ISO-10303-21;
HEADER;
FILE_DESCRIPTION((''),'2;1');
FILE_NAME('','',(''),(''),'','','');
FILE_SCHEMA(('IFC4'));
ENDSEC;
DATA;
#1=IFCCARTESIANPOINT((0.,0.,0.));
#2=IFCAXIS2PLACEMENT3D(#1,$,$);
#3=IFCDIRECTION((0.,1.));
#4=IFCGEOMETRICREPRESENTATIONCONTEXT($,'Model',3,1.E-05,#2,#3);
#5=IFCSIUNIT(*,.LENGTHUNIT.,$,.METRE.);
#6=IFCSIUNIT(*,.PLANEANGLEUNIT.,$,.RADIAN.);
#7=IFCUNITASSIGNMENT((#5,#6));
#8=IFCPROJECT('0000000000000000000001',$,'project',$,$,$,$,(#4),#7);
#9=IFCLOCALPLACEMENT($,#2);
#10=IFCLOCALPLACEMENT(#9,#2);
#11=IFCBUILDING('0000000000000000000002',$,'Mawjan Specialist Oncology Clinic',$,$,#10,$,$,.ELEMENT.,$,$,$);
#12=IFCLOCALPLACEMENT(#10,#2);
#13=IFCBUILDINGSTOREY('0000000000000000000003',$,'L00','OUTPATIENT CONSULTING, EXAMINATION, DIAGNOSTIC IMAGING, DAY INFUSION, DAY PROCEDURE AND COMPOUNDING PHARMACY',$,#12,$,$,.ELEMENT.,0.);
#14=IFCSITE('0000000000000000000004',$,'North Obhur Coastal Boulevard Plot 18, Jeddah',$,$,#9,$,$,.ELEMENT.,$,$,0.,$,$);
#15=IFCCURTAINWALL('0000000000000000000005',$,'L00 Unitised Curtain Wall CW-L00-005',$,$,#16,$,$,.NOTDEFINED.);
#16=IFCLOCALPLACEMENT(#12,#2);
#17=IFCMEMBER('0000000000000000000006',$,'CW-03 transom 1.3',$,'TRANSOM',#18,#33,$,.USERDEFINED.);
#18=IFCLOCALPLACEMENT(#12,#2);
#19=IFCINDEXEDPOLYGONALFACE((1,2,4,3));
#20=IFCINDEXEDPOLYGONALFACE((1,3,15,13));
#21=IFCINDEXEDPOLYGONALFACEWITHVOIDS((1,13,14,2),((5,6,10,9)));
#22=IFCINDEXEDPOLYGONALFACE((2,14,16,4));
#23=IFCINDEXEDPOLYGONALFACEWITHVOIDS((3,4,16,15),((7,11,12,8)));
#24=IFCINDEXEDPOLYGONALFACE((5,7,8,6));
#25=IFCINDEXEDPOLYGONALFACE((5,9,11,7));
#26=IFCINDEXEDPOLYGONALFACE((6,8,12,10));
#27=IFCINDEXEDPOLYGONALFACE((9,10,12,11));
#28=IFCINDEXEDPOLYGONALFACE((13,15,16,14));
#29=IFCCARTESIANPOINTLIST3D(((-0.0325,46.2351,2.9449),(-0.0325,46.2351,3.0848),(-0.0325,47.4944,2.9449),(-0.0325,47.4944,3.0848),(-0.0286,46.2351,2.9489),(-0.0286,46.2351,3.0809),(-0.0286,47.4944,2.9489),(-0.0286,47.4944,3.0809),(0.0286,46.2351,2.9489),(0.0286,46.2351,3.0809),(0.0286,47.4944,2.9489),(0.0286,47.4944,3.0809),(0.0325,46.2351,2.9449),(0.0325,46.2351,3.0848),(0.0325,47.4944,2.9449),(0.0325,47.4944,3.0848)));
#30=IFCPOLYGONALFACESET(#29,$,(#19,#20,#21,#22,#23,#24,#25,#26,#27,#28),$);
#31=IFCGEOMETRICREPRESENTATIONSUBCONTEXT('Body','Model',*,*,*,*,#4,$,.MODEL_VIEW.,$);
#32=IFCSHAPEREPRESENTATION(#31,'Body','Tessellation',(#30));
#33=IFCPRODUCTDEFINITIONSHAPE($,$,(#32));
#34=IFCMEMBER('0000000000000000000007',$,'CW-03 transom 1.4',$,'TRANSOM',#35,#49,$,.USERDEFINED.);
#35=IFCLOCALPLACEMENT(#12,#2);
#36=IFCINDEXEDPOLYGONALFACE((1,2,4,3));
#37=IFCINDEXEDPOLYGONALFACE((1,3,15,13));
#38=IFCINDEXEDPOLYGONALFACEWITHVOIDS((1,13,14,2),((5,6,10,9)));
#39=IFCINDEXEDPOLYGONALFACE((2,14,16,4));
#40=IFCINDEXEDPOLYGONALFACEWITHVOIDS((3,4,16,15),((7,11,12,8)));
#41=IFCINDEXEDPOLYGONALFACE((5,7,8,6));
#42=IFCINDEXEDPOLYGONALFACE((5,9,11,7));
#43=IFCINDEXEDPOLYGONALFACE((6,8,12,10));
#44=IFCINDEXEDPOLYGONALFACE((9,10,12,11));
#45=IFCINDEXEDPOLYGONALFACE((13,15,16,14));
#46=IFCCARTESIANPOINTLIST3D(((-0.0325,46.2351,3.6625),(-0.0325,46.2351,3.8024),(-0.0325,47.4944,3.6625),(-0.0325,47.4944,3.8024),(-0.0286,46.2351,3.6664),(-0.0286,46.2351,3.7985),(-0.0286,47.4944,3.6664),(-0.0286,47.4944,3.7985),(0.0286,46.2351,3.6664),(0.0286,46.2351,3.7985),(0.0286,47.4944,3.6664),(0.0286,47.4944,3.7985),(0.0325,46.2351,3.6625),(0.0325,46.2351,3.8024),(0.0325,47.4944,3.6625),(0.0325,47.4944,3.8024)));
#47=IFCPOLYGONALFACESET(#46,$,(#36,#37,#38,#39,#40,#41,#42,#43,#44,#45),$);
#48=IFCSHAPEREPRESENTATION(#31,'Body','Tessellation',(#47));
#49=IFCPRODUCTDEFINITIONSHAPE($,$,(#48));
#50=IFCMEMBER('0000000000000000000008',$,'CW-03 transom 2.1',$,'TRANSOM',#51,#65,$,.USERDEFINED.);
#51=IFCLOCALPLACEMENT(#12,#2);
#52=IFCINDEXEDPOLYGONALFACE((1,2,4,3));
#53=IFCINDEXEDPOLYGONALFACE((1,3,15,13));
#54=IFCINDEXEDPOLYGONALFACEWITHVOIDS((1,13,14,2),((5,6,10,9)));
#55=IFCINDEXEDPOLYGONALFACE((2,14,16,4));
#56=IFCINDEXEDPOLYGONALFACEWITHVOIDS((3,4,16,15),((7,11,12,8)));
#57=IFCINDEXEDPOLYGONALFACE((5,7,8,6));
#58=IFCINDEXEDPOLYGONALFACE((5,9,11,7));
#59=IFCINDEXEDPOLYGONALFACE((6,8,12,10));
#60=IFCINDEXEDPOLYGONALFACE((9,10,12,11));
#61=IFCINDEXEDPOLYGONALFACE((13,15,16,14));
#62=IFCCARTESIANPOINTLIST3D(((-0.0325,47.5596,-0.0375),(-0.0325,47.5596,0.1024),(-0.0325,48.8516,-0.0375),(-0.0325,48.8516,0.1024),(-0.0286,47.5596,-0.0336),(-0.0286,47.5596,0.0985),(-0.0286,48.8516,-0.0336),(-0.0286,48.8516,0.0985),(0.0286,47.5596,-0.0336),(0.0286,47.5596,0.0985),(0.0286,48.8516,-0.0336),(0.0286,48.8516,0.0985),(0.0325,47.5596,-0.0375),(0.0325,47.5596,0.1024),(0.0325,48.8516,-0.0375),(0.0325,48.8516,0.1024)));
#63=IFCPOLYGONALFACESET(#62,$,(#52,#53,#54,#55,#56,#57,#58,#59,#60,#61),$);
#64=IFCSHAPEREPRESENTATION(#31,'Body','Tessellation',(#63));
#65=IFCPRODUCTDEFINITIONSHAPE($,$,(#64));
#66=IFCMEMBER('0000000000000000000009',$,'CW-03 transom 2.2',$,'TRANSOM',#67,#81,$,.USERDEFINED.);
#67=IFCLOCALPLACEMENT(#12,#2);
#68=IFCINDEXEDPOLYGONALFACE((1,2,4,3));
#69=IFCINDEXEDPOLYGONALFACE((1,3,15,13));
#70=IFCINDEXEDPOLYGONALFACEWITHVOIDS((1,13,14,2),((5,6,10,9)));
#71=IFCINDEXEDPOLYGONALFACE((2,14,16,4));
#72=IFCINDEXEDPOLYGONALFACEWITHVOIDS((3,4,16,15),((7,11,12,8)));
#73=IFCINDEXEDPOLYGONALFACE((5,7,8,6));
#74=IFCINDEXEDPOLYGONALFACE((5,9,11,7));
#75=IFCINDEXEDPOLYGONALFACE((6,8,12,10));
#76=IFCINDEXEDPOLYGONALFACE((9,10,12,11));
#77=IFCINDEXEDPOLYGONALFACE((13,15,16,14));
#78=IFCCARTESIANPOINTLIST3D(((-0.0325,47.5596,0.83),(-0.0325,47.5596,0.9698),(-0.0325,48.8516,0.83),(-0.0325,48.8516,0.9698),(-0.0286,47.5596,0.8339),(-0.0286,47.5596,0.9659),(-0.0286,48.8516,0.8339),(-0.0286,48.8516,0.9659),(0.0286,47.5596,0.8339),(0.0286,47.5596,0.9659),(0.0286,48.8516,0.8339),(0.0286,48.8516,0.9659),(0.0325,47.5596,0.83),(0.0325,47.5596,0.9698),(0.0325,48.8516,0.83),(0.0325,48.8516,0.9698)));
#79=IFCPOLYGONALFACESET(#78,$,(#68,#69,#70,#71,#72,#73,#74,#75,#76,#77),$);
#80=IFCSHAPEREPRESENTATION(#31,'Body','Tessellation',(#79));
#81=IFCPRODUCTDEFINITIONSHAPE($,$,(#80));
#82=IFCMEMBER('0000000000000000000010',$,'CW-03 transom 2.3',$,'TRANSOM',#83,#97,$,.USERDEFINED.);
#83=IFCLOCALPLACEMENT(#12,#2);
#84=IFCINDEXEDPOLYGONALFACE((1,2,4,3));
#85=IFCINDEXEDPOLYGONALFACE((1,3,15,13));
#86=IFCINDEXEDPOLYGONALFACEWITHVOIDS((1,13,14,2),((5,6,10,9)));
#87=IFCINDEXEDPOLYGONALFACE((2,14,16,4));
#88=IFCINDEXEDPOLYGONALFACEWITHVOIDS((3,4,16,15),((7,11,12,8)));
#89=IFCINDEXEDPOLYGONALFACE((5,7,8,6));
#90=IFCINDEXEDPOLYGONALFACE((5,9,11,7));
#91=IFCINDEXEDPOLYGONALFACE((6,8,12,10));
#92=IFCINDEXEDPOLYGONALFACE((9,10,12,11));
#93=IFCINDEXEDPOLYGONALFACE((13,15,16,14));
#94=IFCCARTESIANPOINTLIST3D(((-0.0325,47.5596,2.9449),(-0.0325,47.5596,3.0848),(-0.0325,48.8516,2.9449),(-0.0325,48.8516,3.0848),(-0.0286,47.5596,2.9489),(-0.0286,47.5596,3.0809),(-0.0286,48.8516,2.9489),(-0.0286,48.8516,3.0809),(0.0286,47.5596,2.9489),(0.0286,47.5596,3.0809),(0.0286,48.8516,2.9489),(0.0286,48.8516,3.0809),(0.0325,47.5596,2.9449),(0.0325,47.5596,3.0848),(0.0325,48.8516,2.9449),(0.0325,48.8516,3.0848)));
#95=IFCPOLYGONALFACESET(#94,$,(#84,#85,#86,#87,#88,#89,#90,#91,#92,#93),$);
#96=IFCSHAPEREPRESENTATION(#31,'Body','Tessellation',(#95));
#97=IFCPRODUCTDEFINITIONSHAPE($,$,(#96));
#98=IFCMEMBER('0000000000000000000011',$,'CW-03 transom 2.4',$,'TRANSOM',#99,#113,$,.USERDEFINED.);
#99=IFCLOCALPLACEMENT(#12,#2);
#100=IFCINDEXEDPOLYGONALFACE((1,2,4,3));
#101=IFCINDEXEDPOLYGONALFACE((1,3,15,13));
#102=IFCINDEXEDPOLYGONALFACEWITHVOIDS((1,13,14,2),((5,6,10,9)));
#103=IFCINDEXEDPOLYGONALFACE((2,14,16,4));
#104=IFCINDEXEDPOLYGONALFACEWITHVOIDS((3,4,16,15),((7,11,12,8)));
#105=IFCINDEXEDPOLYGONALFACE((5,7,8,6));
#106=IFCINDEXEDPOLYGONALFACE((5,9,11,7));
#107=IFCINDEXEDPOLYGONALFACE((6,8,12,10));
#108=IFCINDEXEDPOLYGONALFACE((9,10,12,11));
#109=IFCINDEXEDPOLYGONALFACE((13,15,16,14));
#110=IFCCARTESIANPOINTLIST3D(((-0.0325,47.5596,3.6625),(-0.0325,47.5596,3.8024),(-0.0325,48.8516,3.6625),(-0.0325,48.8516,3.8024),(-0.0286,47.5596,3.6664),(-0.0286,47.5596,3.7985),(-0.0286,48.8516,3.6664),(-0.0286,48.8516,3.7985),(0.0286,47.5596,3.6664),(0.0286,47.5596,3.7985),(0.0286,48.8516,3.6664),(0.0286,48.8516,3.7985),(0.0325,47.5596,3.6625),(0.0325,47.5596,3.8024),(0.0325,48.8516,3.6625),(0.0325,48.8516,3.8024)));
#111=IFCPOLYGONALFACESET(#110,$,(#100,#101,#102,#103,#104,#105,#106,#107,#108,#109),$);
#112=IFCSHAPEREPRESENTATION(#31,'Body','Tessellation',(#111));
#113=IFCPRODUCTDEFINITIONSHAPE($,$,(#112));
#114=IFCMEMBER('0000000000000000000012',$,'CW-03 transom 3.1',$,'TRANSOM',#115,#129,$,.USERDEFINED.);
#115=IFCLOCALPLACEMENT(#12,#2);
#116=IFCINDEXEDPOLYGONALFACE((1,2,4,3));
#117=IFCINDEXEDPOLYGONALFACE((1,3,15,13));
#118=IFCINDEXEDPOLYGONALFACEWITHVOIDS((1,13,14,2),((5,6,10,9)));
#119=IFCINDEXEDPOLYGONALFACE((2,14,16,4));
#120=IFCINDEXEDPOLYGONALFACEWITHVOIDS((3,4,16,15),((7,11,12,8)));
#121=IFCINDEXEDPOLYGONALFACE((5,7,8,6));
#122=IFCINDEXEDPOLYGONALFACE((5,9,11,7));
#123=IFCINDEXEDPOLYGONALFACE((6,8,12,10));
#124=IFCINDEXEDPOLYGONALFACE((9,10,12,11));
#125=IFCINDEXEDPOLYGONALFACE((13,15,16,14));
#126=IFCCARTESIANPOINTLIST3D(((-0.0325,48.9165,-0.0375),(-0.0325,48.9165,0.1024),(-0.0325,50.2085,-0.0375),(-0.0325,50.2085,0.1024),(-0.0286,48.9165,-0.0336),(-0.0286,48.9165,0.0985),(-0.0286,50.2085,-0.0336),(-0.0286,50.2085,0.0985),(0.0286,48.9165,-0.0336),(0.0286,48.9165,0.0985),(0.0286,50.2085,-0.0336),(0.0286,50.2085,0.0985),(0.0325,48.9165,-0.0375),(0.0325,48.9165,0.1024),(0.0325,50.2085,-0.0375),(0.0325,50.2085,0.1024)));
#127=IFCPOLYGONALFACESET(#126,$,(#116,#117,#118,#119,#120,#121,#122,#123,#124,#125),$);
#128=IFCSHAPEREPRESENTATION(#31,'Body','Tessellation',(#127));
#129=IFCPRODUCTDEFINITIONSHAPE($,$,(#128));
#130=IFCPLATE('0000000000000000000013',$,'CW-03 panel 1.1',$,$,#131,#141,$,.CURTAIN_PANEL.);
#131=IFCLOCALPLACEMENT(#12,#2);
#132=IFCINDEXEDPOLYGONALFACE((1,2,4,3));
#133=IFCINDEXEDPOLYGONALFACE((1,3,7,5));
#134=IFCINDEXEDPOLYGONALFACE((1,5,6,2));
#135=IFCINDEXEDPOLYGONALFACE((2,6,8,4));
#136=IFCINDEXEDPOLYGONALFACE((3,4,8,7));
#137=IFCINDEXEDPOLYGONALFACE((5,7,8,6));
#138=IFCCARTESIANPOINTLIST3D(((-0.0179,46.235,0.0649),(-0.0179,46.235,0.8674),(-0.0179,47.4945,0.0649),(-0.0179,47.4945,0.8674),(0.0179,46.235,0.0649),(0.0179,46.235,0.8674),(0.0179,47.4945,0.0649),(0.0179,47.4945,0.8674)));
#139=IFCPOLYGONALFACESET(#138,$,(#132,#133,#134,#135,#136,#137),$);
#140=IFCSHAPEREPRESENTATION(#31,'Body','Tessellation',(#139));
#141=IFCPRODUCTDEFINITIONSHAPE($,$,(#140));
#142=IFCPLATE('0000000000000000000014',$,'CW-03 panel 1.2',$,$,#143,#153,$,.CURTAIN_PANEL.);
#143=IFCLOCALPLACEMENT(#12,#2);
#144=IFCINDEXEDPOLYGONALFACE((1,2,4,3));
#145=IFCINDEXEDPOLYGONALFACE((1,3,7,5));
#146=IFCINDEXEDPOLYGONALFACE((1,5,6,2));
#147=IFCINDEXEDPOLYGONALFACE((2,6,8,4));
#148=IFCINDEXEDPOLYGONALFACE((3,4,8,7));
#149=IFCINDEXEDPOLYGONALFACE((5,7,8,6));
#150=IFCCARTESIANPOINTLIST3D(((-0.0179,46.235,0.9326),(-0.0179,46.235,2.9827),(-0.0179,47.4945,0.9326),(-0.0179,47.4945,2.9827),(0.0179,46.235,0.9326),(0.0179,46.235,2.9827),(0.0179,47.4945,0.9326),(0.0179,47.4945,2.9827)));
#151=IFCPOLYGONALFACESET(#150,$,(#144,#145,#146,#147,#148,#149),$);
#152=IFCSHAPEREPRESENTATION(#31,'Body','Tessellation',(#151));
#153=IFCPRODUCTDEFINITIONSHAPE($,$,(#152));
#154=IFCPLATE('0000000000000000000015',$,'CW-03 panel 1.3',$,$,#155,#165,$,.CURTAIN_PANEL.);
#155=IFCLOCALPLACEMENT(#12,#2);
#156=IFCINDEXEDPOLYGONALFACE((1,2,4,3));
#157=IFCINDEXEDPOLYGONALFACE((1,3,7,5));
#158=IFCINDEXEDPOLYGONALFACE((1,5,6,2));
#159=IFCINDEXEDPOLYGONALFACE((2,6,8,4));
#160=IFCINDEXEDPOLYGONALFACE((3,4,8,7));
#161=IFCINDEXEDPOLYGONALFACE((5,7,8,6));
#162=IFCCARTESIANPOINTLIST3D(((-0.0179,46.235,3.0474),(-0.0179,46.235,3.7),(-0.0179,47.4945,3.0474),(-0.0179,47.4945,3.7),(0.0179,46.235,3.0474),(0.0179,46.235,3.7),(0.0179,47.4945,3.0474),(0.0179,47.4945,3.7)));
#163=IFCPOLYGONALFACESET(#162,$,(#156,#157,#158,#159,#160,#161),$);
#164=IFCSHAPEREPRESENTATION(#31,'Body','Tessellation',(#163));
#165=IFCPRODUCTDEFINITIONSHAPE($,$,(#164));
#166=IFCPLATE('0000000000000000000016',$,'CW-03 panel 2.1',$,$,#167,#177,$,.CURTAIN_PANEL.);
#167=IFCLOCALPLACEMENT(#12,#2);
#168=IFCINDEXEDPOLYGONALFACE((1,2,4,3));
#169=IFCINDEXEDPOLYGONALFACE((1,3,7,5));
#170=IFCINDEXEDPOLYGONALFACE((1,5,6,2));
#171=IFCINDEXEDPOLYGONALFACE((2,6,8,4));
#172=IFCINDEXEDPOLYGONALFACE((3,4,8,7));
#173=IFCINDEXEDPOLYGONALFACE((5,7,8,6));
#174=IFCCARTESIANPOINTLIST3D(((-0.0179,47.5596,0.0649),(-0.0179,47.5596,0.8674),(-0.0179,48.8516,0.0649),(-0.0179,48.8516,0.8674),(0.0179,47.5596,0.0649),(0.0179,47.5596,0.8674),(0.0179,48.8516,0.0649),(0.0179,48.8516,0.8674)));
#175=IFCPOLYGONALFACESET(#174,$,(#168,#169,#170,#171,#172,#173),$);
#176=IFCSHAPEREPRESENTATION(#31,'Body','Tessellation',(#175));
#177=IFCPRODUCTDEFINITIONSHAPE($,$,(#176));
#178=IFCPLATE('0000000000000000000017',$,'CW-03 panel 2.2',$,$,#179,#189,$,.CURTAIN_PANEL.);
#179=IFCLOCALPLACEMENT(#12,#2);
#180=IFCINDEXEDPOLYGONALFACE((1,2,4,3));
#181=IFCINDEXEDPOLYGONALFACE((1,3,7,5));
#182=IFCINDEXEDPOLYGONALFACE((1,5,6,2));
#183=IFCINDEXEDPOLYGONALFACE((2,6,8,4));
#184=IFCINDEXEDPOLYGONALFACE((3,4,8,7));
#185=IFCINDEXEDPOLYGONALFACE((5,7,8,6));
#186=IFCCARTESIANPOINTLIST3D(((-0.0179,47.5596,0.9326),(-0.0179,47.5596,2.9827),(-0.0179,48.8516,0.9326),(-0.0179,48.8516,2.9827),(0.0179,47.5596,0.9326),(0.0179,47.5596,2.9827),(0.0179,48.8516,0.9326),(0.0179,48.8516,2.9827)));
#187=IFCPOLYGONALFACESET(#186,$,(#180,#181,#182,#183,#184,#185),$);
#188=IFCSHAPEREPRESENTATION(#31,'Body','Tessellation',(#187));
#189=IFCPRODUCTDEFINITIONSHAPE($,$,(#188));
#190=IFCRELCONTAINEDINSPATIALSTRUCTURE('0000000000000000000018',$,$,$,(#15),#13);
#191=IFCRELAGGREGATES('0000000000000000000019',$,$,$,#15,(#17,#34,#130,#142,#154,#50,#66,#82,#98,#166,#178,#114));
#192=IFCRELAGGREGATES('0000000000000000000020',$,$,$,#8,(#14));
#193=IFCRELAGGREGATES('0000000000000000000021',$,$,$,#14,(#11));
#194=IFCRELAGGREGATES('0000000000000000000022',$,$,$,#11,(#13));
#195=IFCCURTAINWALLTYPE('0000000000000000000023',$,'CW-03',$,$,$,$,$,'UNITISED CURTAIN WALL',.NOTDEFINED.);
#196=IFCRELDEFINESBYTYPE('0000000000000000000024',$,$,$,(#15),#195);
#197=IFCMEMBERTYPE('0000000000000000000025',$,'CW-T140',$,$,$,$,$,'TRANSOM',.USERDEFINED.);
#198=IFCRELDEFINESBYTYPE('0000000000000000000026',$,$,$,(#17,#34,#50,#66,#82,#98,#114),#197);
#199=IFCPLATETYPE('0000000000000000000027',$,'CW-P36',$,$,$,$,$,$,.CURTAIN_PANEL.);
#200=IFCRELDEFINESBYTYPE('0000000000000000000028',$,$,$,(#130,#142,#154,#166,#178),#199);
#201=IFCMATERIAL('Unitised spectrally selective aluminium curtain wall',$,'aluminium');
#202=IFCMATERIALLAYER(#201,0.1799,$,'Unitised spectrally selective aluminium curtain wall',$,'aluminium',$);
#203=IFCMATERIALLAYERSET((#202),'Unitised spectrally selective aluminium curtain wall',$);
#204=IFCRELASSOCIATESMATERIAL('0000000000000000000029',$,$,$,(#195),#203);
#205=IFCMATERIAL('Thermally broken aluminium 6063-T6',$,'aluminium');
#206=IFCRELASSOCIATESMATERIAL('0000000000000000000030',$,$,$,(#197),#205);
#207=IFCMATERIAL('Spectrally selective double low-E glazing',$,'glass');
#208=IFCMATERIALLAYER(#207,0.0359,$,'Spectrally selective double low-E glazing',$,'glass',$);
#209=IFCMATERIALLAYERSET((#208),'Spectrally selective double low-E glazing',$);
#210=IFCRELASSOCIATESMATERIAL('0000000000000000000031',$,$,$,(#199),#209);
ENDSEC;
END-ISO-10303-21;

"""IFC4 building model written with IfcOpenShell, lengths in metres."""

from ifc_helpers import new_model, si_unit, direction, frame, origin, origin_2d, place, context, subcontext, project, spatial, rectangle, hollow_rectangle, extrude, material, layer, layer_set, material_profile, profile_set, type_object, element, aggregate, save


model = new_model("IFC4")

# Units and contexts
model_context = context("Model", 3, precision=1e-05, world=origin(), true_north=direction((0.0, 1.0)))
body_context = subcontext(model_context, "Body", "Model", "MODEL_VIEW")
ifc_project = project(units=[si_unit("LENGTHUNIT", "METRE"), si_unit("PLANEANGLEUNIT", "RADIAN")], contexts=[model_context])

# Site, building, storey
site_placement = place(None, origin())
site = spatial("IfcSite", under=ifc_project, at=site_placement, Name="North Obhur Coastal Boulevard Plot 18, Jeddah", CompositionType="ELEMENT", RefElevation=0.0)
building_placement = place(site_placement, origin())
building = spatial("IfcBuilding", under=site, at=building_placement, Name="Mawjan Specialist Oncology Clinic", CompositionType="ELEMENT")
storey_placement = place(building_placement, origin())
storey = spatial("IfcBuildingStorey", under=building, at=storey_placement, Name="L00", Description="OUTPATIENT CONSULTING, EXAMINATION, DIAGNOSTIC IMAGING, DAY INFUSION, DAY PROCEDURE AND COMPOUNDING PHARMACY", CompositionType="ELEMENT", Elevation=0.0)

# Curtain wall, members, plates
ifc_material_1 = material(Name="Unitised spectrally selective aluminium curtain wall", Category="aluminium")
ifc_layer_1 = layer(ifc_material_1, 0.1799, Name="Unitised spectrally selective aluminium curtain wall", Category="aluminium")
ifc_layer_set_1 = layer_set([ifc_layer_1], Name="Unitised spectrally selective aluminium curtain wall")
curtain_wall_type = type_object("IfcCurtainWallType", Name="CW-03", ElementType="UNITISED CURTAIN WALL", PredefinedType="NOTDEFINED", material=ifc_layer_set_1)
curtain_wall_placement = place(storey_placement, origin())
curtain_wall = element("IfcCurtainWall", 1, at=curtain_wall_placement, inside=storey, type_object=curtain_wall_type, Name="L00 Unitised Curtain Wall CW-L00-005", PredefinedType="NOTDEFINED")
ifc_material_2 = material(Name="Thermally broken aluminium 6063-T6", Category="aluminium")
ifc_material_profile_1 = material_profile(ifc_material_2, hollow_rectangle(XDim=0.0649, YDim=0.1399, WallThickness=0.0039, at=origin_2d()), Name="ALU TRANSOM 140x65x4", Category="aluminium")
ifc_profile_set_1 = profile_set([ifc_material_profile_1], Name="Thermally broken aluminium 6063-T6")
member_type_1 = type_object("IfcMemberType", Name="CW-T140", ElementType="TRANSOM", PredefinedType="USERDEFINED", material=ifc_profile_set_1)
member_1_placement = place(storey_placement, frame((0.0, 46.2351, 3.0149), z_axis=(0.0, 1.0, 0.0), x_axis=(-1.0, 0.0, 0.0)))
member_1 = element("IfcMember", 2, at=member_1_placement, type_object=member_type_1, Name="CW-03 transom 1.3", ObjectType="TRANSOM", PredefinedType="USERDEFINED", context=body_context, shape_type="SweptSolid", body=[
    extrude(hollow_rectangle(XDim=0.0649, YDim=0.1399, WallThickness=0.0039, at=origin_2d()), origin(), (0.0, 0.0, 1.0), 1.2593),
])
member_2_placement = place(storey_placement, frame((0.0, 46.2351, 3.7324), z_axis=(0.0, 1.0, 0.0), x_axis=(-1.0, 0.0, 0.0)))
member_2 = element("IfcMember", 3, at=member_2_placement, type_object=member_type_1, Name="CW-03 transom 1.4", ObjectType="TRANSOM", PredefinedType="USERDEFINED", context=body_context, shape_type="SweptSolid", body=[
    extrude(hollow_rectangle(XDim=0.0649, YDim=0.1399, WallThickness=0.0039, at=origin_2d()), origin(), (0.0, 0.0, 1.0), 1.2593),
])
member_3_placement = place(storey_placement, frame((0.0, 47.5596, 0.0325), z_axis=(0.0, 1.0, 0.0), x_axis=(-1.0, 0.0, 0.0)))
member_3 = element("IfcMember", 4, at=member_3_placement, type_object=member_type_1, Name="CW-03 transom 2.1", ObjectType="TRANSOM", PredefinedType="USERDEFINED", context=body_context, shape_type="SweptSolid", body=[
    extrude(hollow_rectangle(XDim=0.0649, YDim=0.1399, WallThickness=0.0039, at=origin_2d()), origin(), (0.0, 0.0, 1.0), 1.292),
])
member_4_placement = place(storey_placement, frame((0.0, 47.5596, 0.8999), z_axis=(0.0, 1.0, 0.0), x_axis=(-1.0, 0.0, 0.0)))
member_4 = element("IfcMember", 5, at=member_4_placement, type_object=member_type_1, Name="CW-03 transom 2.2", ObjectType="TRANSOM", PredefinedType="USERDEFINED", context=body_context, shape_type="SweptSolid", body=[
    extrude(hollow_rectangle(XDim=0.0649, YDim=0.1399, WallThickness=0.0039, at=origin_2d()), origin(), (0.0, 0.0, 1.0), 1.292),
])
member_5_placement = place(storey_placement, frame((0.0, 47.5596, 3.0149), z_axis=(0.0, 1.0, 0.0), x_axis=(-1.0, 0.0, 0.0)))
member_5 = element("IfcMember", 6, at=member_5_placement, type_object=member_type_1, Name="CW-03 transom 2.3", ObjectType="TRANSOM", PredefinedType="USERDEFINED", context=body_context, shape_type="SweptSolid", body=[
    extrude(hollow_rectangle(XDim=0.0649, YDim=0.1399, WallThickness=0.0039, at=origin_2d()), origin(), (0.0, 0.0, 1.0), 1.292),
])
member_6_placement = place(storey_placement, frame((0.0, 47.5596, 3.7324), z_axis=(0.0, 1.0, 0.0), x_axis=(-1.0, 0.0, 0.0)))
member_6 = element("IfcMember", 7, at=member_6_placement, type_object=member_type_1, Name="CW-03 transom 2.4", ObjectType="TRANSOM", PredefinedType="USERDEFINED", context=body_context, shape_type="SweptSolid", body=[
    extrude(hollow_rectangle(XDim=0.0649, YDim=0.1399, WallThickness=0.0039, at=origin_2d()), origin(), (0.0, 0.0, 1.0), 1.292),
])
member_7_placement = place(storey_placement, frame((0.0, 48.9165, 0.0325), z_axis=(0.0, 1.0, 0.0), x_axis=(-1.0, 0.0, 0.0)))
member_7 = element("IfcMember", 8, at=member_7_placement, type_object=member_type_1, Name="CW-03 transom 3.1", ObjectType="TRANSOM", PredefinedType="USERDEFINED", context=body_context, shape_type="SweptSolid", body=[
    extrude(hollow_rectangle(XDim=0.0649, YDim=0.1399, WallThickness=0.0039, at=origin_2d()), origin(), (0.0, 0.0, 1.0), 1.292),
])
ifc_material_3 = material(Name="Spectrally selective double low-E glazing", Category="glass")
ifc_layer_2 = layer(ifc_material_3, 0.0359, Name="Spectrally selective double low-E glazing", Category="glass")
ifc_layer_set_2 = layer_set([ifc_layer_2], Name="Spectrally selective double low-E glazing")
plate_type = type_object("IfcPlateType", Name="CW-P36", PredefinedType="CURTAIN_PANEL", material=ifc_layer_set_2)
plate_1_placement = place(storey_placement, frame((0.0, 46.8647, 0.0649), z_axis=(0.0, 0.0, 1.0), x_axis=(0.0, 1.0, 0.0)))
plate_1 = element("IfcPlate", 9, at=plate_1_placement, type_object=plate_type, Name="CW-03 panel 1.1", PredefinedType="CURTAIN_PANEL", context=body_context, shape_type="SweptSolid", body=[
    extrude(rectangle(XDim=1.2595, YDim=0.0359, at=origin_2d()), origin(), (0.0, 0.0, 1.0), 0.8025),
])
plate_2_placement = place(storey_placement, frame((0.0, 46.8647, 0.9326), z_axis=(0.0, 0.0, 1.0), x_axis=(0.0, 1.0, 0.0)))
plate_2 = element("IfcPlate", 10, at=plate_2_placement, type_object=plate_type, Name="CW-03 panel 1.2", PredefinedType="CURTAIN_PANEL", context=body_context, shape_type="SweptSolid", body=[
    extrude(rectangle(XDim=1.2595, YDim=0.0359, at=origin_2d()), origin(), (0.0, 0.0, 1.0), 2.05),
])
plate_3_placement = place(storey_placement, frame((0.0, 46.8647, 3.0474), z_axis=(0.0, 0.0, 1.0), x_axis=(0.0, 1.0, 0.0)))
plate_3 = element("IfcPlate", 11, at=plate_3_placement, type_object=plate_type, Name="CW-03 panel 1.3", PredefinedType="CURTAIN_PANEL", context=body_context, shape_type="SweptSolid", body=[
    extrude(rectangle(XDim=1.2595, YDim=0.0359, at=origin_2d()), origin(), (0.0, 0.0, 1.0), 0.6526),
])
plate_4_placement = place(storey_placement, frame((0.0, 48.2056, 0.0649), z_axis=(0.0, 0.0, 1.0), x_axis=(0.0, 1.0, 0.0)))
plate_4 = element("IfcPlate", 12, at=plate_4_placement, type_object=plate_type, Name="CW-03 panel 2.1", PredefinedType="CURTAIN_PANEL", context=body_context, shape_type="SweptSolid", body=[
    extrude(rectangle(XDim=1.292, YDim=0.0359, at=origin_2d()), origin(), (0.0, 0.0, 1.0), 0.8025),
])
plate_5_placement = place(storey_placement, frame((0.0, 48.2056, 0.9326), z_axis=(0.0, 0.0, 1.0), x_axis=(0.0, 1.0, 0.0)))
plate_5 = element("IfcPlate", 13, at=plate_5_placement, type_object=plate_type, Name="CW-03 panel 2.2", PredefinedType="CURTAIN_PANEL", context=body_context, shape_type="SweptSolid", body=[
    extrude(rectangle(XDim=1.292, YDim=0.0359, at=origin_2d()), origin(), (0.0, 0.0, 1.0), 2.05),
])
aggregate(curtain_wall, [member_1, member_2, plate_1, plate_2, plate_3, member_3, member_4, member_5, member_6, plate_4, plate_5, member_7])

save(model, "model.ifc")
